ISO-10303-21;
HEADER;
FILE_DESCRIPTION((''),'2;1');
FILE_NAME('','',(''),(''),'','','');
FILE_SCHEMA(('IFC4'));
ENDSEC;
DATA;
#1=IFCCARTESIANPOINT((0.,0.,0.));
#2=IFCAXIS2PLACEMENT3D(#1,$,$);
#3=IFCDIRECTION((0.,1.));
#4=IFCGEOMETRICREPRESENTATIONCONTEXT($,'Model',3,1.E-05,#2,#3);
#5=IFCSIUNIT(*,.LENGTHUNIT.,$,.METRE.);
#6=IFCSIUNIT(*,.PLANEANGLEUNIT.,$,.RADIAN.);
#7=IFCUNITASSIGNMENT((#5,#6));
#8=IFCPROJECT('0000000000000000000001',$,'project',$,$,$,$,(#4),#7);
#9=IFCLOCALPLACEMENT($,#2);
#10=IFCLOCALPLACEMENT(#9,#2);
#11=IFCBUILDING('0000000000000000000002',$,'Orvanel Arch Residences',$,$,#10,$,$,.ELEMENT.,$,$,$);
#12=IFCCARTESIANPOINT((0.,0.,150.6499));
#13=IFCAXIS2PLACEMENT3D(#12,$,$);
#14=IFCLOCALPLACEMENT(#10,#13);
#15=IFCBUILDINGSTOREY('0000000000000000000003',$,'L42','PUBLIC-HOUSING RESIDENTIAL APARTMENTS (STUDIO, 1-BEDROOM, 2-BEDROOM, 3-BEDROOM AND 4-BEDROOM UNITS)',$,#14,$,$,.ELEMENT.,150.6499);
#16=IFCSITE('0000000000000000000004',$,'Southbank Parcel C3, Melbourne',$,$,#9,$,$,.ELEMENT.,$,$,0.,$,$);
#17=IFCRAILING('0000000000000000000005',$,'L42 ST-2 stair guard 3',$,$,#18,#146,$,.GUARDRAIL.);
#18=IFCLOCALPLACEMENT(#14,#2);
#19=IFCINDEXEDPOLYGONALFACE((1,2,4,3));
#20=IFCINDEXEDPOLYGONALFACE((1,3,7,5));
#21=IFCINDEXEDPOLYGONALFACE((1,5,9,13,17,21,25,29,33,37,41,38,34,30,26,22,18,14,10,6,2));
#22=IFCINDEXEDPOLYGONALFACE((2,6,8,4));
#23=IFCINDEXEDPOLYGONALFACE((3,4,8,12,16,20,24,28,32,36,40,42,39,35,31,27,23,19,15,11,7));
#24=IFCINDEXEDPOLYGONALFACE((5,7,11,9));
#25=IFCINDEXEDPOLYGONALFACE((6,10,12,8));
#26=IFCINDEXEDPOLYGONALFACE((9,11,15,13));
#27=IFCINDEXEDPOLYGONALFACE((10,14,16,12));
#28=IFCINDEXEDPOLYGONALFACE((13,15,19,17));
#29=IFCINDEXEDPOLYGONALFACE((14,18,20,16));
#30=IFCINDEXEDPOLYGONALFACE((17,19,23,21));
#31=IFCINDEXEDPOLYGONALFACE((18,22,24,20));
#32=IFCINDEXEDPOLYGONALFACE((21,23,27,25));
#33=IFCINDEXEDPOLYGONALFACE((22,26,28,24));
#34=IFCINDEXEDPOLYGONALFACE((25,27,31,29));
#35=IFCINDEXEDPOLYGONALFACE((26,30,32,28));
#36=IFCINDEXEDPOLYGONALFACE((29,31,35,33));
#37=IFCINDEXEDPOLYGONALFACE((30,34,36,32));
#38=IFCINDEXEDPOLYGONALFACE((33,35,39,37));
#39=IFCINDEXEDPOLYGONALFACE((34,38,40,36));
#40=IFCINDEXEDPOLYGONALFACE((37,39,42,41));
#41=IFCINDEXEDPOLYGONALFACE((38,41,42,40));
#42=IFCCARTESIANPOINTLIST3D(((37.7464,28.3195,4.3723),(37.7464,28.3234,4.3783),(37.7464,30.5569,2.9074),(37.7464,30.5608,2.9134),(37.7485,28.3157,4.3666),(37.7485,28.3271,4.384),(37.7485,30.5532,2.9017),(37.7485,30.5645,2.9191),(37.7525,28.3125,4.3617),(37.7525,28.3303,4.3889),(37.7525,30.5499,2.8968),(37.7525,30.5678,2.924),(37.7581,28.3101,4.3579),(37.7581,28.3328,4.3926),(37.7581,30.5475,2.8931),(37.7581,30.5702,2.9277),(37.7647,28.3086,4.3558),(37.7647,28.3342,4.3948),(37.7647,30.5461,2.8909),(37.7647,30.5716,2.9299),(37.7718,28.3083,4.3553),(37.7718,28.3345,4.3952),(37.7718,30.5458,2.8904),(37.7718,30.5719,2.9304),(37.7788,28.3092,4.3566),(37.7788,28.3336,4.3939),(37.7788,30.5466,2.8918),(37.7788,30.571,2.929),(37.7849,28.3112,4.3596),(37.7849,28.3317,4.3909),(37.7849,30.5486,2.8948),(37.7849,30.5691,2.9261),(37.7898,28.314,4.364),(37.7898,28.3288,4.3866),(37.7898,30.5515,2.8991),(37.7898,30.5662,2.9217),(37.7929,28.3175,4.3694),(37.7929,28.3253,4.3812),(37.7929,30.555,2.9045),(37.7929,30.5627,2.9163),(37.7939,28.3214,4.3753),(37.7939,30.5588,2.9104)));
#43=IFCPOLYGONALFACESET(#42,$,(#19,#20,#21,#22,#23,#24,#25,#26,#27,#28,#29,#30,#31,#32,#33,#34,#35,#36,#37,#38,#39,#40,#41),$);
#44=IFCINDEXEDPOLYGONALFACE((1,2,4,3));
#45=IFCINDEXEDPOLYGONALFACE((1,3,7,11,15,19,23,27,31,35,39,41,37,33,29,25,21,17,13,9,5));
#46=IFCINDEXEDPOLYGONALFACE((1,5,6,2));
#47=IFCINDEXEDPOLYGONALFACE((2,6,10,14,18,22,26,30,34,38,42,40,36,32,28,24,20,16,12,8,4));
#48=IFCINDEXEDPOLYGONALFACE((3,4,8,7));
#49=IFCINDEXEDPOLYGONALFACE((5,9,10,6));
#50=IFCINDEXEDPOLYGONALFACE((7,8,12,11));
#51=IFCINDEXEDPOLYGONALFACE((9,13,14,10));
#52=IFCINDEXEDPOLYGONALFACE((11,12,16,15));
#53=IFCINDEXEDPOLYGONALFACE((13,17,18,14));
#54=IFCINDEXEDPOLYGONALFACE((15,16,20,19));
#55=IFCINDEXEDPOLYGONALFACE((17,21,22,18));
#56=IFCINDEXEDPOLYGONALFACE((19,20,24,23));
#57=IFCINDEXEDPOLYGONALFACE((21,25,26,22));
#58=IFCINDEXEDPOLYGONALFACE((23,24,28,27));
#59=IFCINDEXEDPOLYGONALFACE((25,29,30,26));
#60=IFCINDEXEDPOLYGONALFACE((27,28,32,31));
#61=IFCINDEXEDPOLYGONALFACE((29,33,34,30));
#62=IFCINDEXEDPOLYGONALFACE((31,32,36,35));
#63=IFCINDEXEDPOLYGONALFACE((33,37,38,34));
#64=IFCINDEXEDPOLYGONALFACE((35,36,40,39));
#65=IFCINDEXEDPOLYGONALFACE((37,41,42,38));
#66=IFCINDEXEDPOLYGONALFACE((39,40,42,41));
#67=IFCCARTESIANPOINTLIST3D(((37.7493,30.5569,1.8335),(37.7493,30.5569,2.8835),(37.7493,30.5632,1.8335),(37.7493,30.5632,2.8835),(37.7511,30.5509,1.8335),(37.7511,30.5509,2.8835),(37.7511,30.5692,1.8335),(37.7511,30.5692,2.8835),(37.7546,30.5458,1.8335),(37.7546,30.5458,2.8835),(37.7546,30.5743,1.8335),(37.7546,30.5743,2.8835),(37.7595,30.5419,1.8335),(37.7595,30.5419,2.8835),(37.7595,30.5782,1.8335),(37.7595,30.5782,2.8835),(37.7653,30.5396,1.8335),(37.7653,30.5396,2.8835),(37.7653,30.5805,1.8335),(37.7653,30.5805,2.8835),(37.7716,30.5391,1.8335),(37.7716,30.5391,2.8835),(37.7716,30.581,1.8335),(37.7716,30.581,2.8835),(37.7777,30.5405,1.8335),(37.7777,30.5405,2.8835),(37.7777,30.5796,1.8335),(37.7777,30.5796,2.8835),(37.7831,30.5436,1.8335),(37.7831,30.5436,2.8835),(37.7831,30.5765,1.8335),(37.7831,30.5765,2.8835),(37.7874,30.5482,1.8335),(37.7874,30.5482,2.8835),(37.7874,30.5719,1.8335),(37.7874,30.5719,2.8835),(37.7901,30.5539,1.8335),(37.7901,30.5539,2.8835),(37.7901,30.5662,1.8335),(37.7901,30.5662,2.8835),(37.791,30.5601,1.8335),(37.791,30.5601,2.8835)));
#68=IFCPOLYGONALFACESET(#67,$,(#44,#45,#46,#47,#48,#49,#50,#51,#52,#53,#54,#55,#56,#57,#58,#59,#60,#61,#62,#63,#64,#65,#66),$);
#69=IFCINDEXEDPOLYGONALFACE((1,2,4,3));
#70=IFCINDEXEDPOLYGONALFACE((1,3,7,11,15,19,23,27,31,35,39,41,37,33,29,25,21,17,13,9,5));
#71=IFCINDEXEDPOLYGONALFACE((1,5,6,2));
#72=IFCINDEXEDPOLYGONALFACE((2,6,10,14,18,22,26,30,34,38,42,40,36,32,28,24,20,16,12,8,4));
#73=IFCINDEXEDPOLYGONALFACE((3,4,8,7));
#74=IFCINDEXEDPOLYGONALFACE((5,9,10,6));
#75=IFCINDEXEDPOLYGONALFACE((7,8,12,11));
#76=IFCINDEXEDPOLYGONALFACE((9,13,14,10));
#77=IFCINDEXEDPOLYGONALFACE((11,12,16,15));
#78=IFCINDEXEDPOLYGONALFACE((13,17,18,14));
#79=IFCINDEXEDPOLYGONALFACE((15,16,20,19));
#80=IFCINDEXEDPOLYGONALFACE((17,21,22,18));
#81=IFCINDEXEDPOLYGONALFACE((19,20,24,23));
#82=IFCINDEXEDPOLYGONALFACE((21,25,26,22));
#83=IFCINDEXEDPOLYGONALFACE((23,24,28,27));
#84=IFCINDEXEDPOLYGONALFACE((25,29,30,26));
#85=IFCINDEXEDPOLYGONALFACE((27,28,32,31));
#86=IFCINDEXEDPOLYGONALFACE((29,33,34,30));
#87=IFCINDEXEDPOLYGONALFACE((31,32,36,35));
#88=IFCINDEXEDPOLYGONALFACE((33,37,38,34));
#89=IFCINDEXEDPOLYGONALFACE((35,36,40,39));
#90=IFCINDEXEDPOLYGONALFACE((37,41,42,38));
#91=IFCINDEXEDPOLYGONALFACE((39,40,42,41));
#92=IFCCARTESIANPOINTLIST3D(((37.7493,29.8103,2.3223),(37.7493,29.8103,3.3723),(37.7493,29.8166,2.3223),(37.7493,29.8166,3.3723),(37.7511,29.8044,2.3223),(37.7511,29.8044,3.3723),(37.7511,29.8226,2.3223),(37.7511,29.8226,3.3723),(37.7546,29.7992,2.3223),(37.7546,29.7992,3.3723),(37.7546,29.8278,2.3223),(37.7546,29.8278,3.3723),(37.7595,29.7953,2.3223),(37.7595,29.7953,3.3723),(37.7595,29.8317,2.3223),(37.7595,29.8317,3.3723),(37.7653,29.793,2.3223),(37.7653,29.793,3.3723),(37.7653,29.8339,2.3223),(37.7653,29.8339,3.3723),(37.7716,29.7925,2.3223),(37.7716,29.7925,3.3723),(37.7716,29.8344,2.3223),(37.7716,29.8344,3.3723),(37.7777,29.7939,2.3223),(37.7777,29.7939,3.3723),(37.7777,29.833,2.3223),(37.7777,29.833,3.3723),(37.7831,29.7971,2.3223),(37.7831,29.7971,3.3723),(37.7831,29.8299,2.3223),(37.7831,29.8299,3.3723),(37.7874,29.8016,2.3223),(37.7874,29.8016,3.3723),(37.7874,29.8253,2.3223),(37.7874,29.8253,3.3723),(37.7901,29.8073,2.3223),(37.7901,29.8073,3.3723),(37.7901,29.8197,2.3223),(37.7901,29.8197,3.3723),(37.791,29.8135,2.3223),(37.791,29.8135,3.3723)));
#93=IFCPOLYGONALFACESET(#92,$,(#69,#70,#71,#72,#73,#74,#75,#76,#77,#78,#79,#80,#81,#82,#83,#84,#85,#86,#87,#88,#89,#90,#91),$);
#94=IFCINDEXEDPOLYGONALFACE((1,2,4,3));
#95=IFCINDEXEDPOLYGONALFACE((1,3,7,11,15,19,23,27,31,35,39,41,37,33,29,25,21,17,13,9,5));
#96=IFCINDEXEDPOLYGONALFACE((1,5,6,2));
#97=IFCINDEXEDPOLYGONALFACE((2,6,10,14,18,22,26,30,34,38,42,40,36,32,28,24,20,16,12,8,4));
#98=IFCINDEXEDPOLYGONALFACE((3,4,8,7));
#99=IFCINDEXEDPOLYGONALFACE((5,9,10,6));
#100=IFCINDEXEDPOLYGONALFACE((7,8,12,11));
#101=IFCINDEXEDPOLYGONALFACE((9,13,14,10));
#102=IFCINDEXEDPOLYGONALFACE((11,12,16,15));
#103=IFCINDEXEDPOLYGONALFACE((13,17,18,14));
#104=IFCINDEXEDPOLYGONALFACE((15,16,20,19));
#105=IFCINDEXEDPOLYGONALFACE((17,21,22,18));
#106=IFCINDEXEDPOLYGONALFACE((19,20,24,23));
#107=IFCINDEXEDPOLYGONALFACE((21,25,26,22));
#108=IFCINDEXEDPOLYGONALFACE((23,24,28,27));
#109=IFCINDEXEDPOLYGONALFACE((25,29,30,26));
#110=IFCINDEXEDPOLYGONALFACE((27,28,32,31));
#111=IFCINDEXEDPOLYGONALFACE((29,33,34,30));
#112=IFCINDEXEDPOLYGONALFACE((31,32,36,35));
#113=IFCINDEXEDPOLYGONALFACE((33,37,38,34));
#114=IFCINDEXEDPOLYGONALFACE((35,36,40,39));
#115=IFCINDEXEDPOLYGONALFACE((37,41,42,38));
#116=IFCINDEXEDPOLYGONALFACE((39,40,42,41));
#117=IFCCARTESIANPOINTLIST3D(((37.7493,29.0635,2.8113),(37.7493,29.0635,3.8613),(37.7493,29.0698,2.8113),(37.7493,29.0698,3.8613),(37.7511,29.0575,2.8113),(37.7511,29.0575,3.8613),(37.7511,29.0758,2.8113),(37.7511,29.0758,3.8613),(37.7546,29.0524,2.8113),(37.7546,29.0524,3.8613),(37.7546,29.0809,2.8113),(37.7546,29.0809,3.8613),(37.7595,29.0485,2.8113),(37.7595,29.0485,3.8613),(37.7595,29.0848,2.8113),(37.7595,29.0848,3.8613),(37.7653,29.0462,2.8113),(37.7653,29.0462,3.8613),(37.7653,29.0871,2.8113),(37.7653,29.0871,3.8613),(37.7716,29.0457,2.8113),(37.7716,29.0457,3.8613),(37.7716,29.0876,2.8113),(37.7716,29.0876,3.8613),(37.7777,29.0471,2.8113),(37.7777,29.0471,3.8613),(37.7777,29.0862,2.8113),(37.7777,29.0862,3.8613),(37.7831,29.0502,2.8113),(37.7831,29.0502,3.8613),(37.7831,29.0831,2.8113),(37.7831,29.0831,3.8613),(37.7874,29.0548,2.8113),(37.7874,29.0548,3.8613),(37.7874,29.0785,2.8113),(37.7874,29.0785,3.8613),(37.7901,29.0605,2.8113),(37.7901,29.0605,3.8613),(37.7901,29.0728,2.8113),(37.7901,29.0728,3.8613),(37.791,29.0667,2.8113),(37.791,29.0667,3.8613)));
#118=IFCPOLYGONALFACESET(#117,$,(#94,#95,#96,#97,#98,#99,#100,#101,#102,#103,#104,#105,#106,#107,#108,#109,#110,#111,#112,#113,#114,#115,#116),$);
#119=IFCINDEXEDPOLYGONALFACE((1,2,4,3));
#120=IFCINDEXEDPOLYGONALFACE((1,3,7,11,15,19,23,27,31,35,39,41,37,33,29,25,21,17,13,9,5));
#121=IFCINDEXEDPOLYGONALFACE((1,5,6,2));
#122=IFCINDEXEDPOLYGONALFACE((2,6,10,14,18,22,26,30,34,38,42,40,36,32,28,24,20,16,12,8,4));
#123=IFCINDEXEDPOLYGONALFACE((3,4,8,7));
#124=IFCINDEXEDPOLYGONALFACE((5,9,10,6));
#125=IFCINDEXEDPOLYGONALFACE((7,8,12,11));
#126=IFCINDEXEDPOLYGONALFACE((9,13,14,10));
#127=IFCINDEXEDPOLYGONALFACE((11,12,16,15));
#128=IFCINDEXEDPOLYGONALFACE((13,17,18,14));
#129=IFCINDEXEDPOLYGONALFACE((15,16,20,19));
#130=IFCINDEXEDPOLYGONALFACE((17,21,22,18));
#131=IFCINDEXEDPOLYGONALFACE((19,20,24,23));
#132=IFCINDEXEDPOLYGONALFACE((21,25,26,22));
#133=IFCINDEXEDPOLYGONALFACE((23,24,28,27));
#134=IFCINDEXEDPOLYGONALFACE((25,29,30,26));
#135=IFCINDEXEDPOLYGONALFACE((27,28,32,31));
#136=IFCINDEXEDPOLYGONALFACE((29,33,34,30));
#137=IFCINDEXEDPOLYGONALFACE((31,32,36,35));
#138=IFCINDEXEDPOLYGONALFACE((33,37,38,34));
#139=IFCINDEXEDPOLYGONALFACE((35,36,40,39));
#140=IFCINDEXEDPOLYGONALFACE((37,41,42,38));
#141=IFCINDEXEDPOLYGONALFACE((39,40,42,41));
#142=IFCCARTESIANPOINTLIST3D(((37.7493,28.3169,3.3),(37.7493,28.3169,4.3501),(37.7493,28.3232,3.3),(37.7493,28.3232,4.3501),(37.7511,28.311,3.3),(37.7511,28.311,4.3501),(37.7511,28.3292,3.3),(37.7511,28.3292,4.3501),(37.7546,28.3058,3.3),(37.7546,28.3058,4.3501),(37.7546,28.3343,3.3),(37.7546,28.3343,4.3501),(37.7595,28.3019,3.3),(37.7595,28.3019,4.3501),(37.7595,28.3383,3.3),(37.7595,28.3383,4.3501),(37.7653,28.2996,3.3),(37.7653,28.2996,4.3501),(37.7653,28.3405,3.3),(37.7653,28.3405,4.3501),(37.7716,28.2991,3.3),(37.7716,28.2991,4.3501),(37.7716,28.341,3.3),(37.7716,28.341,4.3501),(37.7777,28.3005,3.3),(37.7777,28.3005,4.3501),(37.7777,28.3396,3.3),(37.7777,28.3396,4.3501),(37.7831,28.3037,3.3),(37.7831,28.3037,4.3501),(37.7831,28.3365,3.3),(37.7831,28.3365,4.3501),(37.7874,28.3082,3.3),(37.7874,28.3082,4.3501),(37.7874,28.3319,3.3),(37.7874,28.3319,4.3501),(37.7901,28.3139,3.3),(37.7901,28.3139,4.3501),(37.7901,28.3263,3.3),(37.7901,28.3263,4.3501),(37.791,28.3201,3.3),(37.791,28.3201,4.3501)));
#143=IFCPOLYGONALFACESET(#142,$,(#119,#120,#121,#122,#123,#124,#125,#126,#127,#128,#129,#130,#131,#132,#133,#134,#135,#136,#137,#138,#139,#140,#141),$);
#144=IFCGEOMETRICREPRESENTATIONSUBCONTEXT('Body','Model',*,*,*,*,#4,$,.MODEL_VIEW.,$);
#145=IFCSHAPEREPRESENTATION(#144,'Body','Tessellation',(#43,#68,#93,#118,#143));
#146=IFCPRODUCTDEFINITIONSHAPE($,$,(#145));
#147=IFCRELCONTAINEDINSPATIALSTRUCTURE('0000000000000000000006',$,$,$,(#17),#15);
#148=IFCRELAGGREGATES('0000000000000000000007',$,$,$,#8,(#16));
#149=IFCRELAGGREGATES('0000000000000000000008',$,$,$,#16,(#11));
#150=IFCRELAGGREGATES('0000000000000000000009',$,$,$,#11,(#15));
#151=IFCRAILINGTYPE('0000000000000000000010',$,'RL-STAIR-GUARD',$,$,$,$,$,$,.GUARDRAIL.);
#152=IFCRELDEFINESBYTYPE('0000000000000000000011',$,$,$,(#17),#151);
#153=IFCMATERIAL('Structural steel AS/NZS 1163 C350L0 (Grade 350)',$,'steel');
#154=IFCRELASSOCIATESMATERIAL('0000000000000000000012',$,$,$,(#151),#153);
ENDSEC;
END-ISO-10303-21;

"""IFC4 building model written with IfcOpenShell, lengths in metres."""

from ifc_helpers import new_model, si_unit, direction, frame, origin, origin_2d, place, context, subcontext, project, spatial, circle, extrude, material, type_object, element, save


model = new_model("IFC4")

# Units and contexts
model_context = context("Model", 3, precision=1e-05, world=origin(), true_north=direction((0.0, 1.0)))
body_context = subcontext(model_context, "Body", "Model", "MODEL_VIEW")
ifc_project = project(units=[si_unit("LENGTHUNIT", "METRE"), si_unit("PLANEANGLEUNIT", "RADIAN")], contexts=[model_context])

# Site, building, storey
site_placement = place(None, origin())
site = spatial("IfcSite", under=ifc_project, at=site_placement, Name="Southbank Parcel C3, Melbourne", CompositionType="ELEMENT", RefElevation=0.0)
building_placement = place(site_placement, origin())
building = spatial("IfcBuilding", under=site, at=building_placement, Name="Orvanel Arch Residences", CompositionType="ELEMENT")
storey_placement = place(building_placement, frame((0.0, 0.0, 150.6499)))
storey = spatial("IfcBuildingStorey", under=building, at=storey_placement, Name="L42", Description="PUBLIC-HOUSING RESIDENTIAL APARTMENTS (STUDIO, 1-BEDROOM, 2-BEDROOM, 3-BEDROOM AND 4-BEDROOM UNITS)", CompositionType="ELEMENT", Elevation=150.6499)

# Railing
ifc_material_1 = material(Name="Structural steel AS/NZS 1163 C350L0 (Grade 350)", Category="steel")
railing_type_1 = type_object("IfcRailingType", Name="RL-STAIR-GUARD", PredefinedType="GUARDRAIL", material=ifc_material_1)
railing_1_placement = place(storey_placement, frame((37.77, 30.5601, 1.8335)))
element("IfcRailing", 1, at=railing_1_placement, inside=storey, type_object=railing_type_1, Name="L42 ST-2 stair guard 3", PredefinedType="GUARDRAIL", context=body_context, shape_type="SweptSolid", body=[
    extrude(circle(Radius=0.0239, at=origin_2d()), frame((0.0, -0.0012, 1.0769), z_axis=(0.0, -0.836637, 0.547758), x_axis=(1.0, 0.0, 0.0)), (0.0, 0.0, 1.0), 2.6743),
    extrude(circle(Radius=0.021, at=origin_2d()), origin(), (0.0, 0.0, 1.0), 1.05),
    extrude(circle(Radius=0.021, at=origin_2d()), frame((0.0, -0.7466, 0.4888)), (0.0, 0.0, 1.0), 1.05),
    extrude(circle(Radius=0.021, at=origin_2d()), frame((0.0, -1.4934, 0.9778)), (0.0, 0.0, 1.0), 1.05),
    extrude(circle(Radius=0.021, at=origin_2d()), frame((0.0, -2.24, 1.4666)), (0.0, 0.0, 1.0), 1.05),
])

save(model, "model.ifc")
